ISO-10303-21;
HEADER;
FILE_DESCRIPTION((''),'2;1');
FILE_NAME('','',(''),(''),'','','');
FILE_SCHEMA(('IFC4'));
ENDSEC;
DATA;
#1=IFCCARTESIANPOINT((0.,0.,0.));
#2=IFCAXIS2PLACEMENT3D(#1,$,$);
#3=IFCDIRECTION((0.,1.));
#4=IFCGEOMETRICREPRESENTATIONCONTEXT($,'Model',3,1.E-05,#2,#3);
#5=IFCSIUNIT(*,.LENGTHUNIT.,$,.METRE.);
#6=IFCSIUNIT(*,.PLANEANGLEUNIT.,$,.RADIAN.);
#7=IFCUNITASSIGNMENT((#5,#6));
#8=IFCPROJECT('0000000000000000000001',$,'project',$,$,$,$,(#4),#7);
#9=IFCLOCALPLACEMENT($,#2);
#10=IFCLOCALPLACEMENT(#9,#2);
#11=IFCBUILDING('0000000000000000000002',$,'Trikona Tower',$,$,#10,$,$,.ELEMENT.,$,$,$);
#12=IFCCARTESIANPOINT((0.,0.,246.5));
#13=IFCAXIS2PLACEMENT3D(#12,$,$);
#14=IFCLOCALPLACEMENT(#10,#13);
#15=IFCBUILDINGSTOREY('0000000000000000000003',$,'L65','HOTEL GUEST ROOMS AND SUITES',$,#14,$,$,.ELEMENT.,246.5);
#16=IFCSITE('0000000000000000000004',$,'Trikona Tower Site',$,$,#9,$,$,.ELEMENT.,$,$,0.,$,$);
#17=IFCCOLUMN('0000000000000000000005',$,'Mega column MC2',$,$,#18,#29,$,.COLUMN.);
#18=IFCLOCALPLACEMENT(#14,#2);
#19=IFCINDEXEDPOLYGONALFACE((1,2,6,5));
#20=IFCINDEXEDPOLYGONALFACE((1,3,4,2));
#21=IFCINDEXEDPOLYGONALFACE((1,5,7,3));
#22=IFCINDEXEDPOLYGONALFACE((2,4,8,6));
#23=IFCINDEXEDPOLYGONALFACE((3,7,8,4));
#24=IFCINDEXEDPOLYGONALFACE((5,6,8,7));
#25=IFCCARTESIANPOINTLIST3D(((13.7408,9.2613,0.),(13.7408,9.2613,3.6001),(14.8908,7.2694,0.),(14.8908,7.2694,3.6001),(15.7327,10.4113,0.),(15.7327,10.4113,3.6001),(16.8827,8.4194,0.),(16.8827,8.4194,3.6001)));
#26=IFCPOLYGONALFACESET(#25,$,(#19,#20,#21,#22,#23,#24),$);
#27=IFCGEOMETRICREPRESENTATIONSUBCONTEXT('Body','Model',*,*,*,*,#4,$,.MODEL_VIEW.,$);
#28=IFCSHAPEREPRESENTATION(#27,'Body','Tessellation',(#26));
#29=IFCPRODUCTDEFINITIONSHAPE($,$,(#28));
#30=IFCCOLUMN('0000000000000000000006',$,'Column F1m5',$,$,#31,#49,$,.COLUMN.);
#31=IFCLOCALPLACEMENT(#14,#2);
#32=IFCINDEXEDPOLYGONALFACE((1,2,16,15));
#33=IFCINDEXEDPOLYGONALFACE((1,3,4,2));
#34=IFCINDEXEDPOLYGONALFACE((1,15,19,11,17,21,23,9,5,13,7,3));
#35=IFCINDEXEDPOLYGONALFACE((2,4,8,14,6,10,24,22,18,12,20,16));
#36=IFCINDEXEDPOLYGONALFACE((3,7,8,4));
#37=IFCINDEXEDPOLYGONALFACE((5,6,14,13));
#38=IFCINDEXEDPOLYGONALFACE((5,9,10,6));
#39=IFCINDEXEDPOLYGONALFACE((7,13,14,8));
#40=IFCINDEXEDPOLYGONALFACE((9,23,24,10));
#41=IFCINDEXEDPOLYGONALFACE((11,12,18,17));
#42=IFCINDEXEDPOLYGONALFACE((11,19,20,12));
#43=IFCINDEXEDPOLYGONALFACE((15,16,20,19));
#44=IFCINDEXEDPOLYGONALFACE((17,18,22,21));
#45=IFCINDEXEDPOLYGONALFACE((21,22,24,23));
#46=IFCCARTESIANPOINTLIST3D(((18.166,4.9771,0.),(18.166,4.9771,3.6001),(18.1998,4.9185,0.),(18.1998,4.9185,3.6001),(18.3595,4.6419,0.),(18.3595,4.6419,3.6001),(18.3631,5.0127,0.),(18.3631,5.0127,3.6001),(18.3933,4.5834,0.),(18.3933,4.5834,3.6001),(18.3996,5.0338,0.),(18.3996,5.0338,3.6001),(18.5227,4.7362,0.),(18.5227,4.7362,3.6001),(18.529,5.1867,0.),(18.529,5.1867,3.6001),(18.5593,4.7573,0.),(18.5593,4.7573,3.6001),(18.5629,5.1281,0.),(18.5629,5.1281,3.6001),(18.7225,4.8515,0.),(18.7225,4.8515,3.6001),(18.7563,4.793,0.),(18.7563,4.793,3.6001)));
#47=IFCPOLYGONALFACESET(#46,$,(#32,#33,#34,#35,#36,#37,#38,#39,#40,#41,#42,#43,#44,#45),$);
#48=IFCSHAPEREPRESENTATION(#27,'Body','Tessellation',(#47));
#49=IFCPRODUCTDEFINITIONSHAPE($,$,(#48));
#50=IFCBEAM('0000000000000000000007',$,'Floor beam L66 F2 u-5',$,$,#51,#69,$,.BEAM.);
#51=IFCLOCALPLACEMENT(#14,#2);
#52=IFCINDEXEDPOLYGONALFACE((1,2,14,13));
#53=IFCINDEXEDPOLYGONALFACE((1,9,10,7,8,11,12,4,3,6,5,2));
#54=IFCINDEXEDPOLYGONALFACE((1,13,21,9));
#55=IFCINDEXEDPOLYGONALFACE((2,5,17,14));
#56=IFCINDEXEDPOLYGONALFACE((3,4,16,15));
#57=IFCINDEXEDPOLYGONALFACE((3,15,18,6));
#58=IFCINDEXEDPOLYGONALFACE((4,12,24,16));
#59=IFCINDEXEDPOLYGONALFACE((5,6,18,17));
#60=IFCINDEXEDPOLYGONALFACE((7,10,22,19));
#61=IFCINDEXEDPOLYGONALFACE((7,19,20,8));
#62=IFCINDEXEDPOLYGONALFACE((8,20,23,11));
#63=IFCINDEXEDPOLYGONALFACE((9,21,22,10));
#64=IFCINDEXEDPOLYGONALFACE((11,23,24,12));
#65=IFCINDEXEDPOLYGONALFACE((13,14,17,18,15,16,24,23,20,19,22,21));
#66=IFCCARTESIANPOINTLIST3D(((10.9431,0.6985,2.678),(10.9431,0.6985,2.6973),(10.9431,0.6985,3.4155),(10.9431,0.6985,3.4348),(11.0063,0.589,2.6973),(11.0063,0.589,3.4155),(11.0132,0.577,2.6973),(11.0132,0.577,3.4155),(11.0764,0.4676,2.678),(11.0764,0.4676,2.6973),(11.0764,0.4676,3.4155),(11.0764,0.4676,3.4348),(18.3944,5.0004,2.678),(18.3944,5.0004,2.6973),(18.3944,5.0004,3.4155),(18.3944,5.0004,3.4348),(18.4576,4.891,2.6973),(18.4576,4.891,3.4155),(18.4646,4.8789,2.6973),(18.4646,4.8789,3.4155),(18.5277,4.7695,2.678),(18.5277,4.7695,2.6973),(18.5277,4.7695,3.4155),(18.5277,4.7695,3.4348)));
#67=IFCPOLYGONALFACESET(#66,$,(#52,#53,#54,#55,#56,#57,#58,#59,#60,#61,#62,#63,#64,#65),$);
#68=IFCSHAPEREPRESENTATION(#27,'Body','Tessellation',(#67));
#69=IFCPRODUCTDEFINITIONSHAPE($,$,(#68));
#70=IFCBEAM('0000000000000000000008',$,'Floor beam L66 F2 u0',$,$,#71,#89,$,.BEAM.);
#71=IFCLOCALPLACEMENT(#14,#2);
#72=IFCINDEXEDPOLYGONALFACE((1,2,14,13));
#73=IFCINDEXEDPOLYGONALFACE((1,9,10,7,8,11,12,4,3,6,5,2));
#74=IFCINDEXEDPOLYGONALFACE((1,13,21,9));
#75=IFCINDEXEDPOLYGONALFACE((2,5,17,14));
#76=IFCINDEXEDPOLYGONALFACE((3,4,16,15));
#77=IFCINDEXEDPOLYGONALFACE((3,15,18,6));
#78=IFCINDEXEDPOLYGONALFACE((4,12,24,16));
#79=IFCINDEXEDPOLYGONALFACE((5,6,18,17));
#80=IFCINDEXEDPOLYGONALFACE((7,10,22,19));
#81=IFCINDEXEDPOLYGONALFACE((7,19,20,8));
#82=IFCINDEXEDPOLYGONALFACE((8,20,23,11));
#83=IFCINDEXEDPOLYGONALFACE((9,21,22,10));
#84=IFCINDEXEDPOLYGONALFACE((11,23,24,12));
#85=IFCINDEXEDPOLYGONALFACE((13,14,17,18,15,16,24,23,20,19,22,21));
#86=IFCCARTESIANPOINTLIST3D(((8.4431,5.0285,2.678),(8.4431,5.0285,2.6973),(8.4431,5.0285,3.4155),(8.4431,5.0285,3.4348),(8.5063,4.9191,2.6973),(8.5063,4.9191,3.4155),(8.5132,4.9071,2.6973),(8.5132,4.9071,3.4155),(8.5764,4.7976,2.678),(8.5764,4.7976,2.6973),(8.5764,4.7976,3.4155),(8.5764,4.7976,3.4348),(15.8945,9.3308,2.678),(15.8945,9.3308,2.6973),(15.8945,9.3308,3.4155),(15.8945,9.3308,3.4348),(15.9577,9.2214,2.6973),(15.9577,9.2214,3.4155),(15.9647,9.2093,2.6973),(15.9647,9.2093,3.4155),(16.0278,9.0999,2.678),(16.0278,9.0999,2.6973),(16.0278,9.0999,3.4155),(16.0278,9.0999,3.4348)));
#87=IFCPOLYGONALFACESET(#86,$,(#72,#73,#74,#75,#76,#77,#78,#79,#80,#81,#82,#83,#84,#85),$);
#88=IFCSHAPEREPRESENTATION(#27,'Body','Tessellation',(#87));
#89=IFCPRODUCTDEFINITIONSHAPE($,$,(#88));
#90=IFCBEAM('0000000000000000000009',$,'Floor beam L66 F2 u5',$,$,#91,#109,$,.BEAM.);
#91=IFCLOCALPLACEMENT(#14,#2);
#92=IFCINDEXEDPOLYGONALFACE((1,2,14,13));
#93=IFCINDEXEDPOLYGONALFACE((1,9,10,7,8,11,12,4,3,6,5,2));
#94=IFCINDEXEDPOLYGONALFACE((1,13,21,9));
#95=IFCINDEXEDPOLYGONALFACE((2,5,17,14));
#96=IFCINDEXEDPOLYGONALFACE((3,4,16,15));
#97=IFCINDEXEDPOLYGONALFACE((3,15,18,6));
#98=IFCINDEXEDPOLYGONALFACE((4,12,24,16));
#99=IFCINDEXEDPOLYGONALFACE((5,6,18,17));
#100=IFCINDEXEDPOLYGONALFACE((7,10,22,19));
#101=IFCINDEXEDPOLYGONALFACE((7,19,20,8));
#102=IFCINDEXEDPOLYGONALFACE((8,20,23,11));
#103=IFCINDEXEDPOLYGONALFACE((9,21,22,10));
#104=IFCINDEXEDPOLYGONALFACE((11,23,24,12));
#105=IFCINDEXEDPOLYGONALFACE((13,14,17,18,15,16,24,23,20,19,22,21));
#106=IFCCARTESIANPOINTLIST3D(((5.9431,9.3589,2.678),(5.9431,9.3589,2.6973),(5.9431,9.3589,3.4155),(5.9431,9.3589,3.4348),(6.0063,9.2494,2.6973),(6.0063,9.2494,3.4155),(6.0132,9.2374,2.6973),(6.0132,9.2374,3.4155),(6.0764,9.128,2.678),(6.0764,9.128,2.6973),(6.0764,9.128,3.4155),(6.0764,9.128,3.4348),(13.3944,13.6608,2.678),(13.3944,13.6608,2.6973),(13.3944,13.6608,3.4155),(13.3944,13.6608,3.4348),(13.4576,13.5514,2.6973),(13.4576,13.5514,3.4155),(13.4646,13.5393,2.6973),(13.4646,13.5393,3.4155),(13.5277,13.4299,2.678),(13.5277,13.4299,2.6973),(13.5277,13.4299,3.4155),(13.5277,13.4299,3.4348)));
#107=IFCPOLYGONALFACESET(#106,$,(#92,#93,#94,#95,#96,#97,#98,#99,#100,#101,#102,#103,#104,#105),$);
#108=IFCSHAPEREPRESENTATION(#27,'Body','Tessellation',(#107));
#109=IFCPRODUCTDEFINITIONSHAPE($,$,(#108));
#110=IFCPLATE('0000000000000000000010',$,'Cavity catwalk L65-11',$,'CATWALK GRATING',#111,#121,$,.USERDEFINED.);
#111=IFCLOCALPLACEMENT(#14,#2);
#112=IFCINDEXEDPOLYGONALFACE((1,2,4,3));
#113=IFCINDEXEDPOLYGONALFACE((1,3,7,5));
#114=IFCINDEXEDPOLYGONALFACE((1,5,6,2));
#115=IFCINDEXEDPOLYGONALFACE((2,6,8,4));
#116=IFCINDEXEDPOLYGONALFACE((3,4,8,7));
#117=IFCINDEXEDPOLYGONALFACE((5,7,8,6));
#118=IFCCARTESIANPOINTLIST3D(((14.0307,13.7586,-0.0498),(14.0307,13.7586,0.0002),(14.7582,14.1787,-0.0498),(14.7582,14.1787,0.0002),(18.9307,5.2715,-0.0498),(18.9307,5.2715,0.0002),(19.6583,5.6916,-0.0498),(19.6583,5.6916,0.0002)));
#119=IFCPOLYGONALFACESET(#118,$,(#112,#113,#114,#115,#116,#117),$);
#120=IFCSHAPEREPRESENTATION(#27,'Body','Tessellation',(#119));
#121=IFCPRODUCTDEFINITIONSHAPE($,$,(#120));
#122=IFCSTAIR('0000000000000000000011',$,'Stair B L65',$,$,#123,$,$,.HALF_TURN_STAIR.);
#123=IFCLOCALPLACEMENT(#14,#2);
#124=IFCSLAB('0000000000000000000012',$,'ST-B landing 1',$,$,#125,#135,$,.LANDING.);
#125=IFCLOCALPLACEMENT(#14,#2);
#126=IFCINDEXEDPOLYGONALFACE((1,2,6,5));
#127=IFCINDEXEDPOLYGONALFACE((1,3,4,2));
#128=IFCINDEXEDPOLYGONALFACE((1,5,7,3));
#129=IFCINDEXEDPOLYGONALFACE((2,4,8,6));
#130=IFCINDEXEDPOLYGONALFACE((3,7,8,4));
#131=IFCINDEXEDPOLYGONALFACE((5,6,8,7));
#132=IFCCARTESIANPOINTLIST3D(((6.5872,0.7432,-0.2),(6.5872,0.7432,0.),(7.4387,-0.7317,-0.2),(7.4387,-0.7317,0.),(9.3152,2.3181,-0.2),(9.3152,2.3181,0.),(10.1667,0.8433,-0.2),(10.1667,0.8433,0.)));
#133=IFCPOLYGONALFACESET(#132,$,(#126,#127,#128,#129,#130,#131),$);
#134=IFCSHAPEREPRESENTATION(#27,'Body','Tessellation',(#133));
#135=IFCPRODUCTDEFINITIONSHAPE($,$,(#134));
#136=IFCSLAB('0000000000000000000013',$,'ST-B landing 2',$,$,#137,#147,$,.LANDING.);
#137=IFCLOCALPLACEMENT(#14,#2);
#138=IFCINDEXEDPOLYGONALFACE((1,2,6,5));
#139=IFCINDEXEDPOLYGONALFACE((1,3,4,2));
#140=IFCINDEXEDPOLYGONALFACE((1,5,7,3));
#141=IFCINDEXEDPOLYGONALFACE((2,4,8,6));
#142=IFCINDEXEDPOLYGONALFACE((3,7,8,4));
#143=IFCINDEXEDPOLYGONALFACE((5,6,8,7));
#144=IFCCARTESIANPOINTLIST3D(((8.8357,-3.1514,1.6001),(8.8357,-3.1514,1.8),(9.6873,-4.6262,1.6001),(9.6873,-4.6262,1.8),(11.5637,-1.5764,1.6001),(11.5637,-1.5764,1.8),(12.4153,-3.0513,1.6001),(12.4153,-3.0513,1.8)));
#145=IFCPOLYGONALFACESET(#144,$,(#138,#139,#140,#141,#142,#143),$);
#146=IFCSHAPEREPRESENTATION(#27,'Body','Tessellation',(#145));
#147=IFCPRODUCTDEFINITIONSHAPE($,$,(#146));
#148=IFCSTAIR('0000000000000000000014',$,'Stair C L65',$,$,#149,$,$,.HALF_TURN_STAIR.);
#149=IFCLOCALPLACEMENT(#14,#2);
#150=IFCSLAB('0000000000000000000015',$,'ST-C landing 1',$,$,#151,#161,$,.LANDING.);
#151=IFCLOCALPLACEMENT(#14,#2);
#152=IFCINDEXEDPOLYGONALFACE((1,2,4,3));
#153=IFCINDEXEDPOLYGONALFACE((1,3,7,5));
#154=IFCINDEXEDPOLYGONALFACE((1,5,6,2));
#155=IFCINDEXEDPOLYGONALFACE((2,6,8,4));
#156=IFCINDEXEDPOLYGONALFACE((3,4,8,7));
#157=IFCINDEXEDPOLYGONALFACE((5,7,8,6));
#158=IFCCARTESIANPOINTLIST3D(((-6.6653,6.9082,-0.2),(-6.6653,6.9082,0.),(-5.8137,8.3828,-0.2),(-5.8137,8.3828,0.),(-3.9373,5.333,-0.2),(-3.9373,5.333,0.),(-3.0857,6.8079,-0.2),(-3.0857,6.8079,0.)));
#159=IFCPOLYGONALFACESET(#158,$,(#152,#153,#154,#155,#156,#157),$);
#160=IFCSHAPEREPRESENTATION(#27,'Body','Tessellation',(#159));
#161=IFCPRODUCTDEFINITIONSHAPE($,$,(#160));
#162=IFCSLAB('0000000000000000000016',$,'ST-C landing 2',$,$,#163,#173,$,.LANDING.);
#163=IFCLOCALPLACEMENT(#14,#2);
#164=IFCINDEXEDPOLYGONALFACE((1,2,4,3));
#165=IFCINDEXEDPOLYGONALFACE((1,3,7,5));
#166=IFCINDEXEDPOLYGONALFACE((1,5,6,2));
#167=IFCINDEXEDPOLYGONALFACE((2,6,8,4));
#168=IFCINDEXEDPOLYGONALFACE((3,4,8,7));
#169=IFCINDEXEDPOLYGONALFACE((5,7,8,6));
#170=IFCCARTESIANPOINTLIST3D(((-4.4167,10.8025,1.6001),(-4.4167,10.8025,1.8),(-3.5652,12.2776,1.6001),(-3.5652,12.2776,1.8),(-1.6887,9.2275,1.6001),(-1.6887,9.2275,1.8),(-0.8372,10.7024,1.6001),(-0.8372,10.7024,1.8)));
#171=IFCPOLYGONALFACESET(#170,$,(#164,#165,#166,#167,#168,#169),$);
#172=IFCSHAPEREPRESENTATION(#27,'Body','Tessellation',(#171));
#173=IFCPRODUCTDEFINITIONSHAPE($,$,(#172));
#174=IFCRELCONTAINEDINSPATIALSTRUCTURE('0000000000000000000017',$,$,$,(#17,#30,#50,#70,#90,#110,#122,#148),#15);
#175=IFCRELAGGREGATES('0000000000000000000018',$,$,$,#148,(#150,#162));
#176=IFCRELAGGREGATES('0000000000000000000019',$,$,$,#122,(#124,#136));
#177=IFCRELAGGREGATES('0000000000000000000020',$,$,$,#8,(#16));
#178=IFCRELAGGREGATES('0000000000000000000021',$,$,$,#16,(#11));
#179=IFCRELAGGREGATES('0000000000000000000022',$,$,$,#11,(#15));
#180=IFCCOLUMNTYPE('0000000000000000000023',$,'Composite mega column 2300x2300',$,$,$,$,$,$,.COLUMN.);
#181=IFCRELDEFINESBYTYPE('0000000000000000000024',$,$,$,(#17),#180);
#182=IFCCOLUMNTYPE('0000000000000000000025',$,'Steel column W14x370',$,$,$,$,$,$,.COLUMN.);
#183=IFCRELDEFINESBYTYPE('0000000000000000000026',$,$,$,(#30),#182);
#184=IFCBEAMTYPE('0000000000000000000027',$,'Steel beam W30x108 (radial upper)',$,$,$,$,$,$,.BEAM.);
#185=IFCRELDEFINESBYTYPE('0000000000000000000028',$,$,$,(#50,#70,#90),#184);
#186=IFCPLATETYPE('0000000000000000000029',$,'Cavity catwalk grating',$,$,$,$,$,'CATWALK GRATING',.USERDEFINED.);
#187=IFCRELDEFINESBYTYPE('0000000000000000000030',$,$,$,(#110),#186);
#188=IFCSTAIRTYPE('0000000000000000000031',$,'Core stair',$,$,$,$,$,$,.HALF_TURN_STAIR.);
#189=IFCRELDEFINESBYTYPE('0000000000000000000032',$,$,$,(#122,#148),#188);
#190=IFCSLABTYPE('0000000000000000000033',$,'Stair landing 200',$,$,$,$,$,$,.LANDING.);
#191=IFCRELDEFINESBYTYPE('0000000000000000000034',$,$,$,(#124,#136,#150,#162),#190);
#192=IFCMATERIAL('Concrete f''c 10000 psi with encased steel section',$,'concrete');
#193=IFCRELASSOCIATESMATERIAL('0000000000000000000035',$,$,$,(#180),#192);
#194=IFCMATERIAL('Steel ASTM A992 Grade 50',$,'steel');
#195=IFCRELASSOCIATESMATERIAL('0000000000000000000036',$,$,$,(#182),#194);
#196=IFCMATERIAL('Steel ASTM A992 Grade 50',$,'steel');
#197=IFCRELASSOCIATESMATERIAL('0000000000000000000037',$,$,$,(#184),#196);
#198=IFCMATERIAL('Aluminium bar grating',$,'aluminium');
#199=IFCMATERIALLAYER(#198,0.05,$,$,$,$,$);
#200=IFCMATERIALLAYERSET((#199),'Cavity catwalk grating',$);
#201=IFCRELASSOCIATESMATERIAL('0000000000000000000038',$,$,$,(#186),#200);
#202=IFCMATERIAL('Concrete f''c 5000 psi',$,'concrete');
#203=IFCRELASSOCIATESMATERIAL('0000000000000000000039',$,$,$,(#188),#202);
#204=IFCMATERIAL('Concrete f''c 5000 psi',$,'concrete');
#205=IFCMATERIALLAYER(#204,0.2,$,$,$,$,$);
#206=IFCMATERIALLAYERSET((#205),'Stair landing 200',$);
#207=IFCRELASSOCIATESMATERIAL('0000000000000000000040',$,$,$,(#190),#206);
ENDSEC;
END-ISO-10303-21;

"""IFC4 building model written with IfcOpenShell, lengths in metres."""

from ifc_helpers import new_model, si_unit, direction, frame, origin, origin_2d, place, context, subcontext, project, spatial, polyline, rectangle, i_section, outline, extrude, material, layer, layer_set, material_profile, profile_set, type_object, element, aggregate, save


model = new_model("IFC4")

# Units and contexts
model_context = context("Model", 3, precision=1e-05, world=origin(), true_north=direction((0.0, 1.0)))
body_context = subcontext(model_context, "Body", "Model", "MODEL_VIEW")
ifc_project = project(units=[si_unit("LENGTHUNIT", "METRE"), si_unit("PLANEANGLEUNIT", "RADIAN")], contexts=[model_context])

# Site, building, storey
site_placement = place(None, origin())
site = spatial("IfcSite", under=ifc_project, at=site_placement, Name="Trikona Tower Site", CompositionType="ELEMENT", RefElevation=0.0)
building_placement = place(site_placement, origin())
building = spatial("IfcBuilding", under=site, at=building_placement, Name="Trikona Tower", CompositionType="ELEMENT")
storey_placement = place(building_placement, frame((0.0, 0.0, 246.5)))
storey = spatial("IfcBuildingStorey", under=building, at=storey_placement, Name="L65", Description="HOTEL GUEST ROOMS AND SUITES", CompositionType="ELEMENT", Elevation=246.5)

# Columns
ifc_material_1 = material(Name="Concrete f'c 10000 psi with encased steel section", Category="concrete")
ifc_material_profile_1 = material_profile(ifc_material_1, rectangle(XDim=2.3, YDim=2.3, at=origin_2d()), Name="MC2300")
ifc_profile_set_1 = profile_set([ifc_material_profile_1], Name="Concrete f'c 10000 psi with encased steel section")
column_type_1 = type_object("IfcColumnType", Name="Composite mega column 2300x2300", PredefinedType="COLUMN", material=ifc_profile_set_1)
column_1_placement = place(storey_placement, frame((15.3118, 8.8403, 0.0), z_axis=(0.0, 0.0, 1.0), x_axis=(0.866025, 0.5, 0.0)))
element("IfcColumn", 1, at=column_1_placement, inside=storey, type_object=column_type_1, Name="Mega column MC2", PredefinedType="COLUMN", context=body_context, shape_type="SweptSolid", body=[
    extrude(rectangle(XDim=2.3, YDim=2.3, at=origin_2d()), origin(), (0.0, 0.0, 1.0), 3.6001),
])
ifc_material_2 = material(Name="Steel ASTM A992 Grade 50", Category="steel")
ifc_material_profile_2 = material_profile(ifc_material_2, i_section(OverallWidth=0.4192, OverallDepth=0.4546, WebThickness=0.0422, FlangeThickness=0.0676, at=origin_2d()), Name="W14X370")
ifc_profile_set_2 = profile_set([ifc_material_profile_2], Name="Steel ASTM A992 Grade 50")
column_type_2 = type_object("IfcColumnType", Name="Steel column W14x370", PredefinedType="COLUMN", material=ifc_profile_set_2)
column_2_placement = place(storey_placement, frame((18.4612, 4.885, 0.0), z_axis=(0.0, 0.0, 1.0), x_axis=(0.866025, 0.5, 0.0)))
element("IfcColumn", 2, at=column_2_placement, inside=storey, type_object=column_type_2, Name="Column F1m5", PredefinedType="COLUMN", context=body_context, shape_type="SweptSolid", body=[
    extrude(i_section(OverallWidth=0.4192, OverallDepth=0.4546, WebThickness=0.0422, FlangeThickness=0.0676, at=origin_2d()), origin(), (0.0, 0.0, 1.0), 3.6001),
])

# Beams
ifc_material_3 = material(Name="Steel ASTM A992 Grade 50", Category="steel")
ifc_material_profile_3 = material_profile(ifc_material_3, i_section(OverallWidth=0.2666, OverallDepth=0.7568, WebThickness=0.0139, FlangeThickness=0.0193, at=origin_2d()), Name="W30X108")
ifc_profile_set_3 = profile_set([ifc_material_profile_3], Name="Steel ASTM A992 Grade 50")
beam_type = type_object("IfcBeamType", Name="Steel beam W30x108 (radial upper)", PredefinedType="BEAM", material=ifc_profile_set_3)
beam_1_placement = place(storey_placement, frame((11.0098, 0.583, 3.0564), z_axis=(0.866029, 0.499993, 0.0), x_axis=(-0.499993, 0.866029, 0.0)))
element("IfcBeam", 3, at=beam_1_placement, inside=storey, type_object=beam_type, Name="Floor beam L66 F2 u-5", PredefinedType="BEAM", context=body_context, shape_type="SweptSolid", body=[
    extrude(i_section(OverallWidth=0.2666, OverallDepth=0.7568, WebThickness=0.0139, FlangeThickness=0.0193, at=origin_2d()), origin(), (0.0, 0.0, 1.0), 8.604),
])
beam_2_placement = place(storey_placement, frame((8.5098, 4.9131, 3.0564), z_axis=(0.866017, 0.500015, 0.0), x_axis=(-0.500015, 0.866017, 0.0)))
element("IfcBeam", 4, at=beam_2_placement, inside=storey, type_object=beam_type, Name="Floor beam L66 F2 u0", PredefinedType="BEAM", context=body_context, shape_type="SweptSolid", body=[
    extrude(i_section(OverallWidth=0.2666, OverallDepth=0.7568, WebThickness=0.0139, FlangeThickness=0.0193, at=origin_2d()), origin(), (0.0, 0.0, 1.0), 8.6042),
])
beam_3_placement = place(storey_placement, frame((6.0098, 9.2434, 3.0564), z_axis=(0.866029, 0.499993, 0.0), x_axis=(-0.499993, 0.866029, 0.0)))
element("IfcBeam", 5, at=beam_3_placement, inside=storey, type_object=beam_type, Name="Floor beam L66 F2 u5", PredefinedType="BEAM", context=body_context, shape_type="SweptSolid", body=[
    extrude(i_section(OverallWidth=0.2666, OverallDepth=0.7568, WebThickness=0.0139, FlangeThickness=0.0193, at=origin_2d()), origin(), (0.0, 0.0, 1.0), 8.604),
])

# Plate
ifc_material_4 = material(Name="Aluminium bar grating", Category="aluminium")
ifc_layer_1 = layer(ifc_material_4, 0.05)
ifc_layer_set_1 = layer_set([ifc_layer_1], Name="Cavity catwalk grating")
plate_type = type_object("IfcPlateType", Name="Cavity catwalk grating", ElementType="CATWALK GRATING", PredefinedType="USERDEFINED", material=ifc_layer_set_1)
plate_placement = place(storey_placement, frame((16.8445, 9.7251, -0.0498), z_axis=(0.0, 0.0, 1.0), x_axis=(-0.499998, 0.866026, 0.0)))
element("IfcPlate", 6, at=plate_placement, inside=storey, type_object=plate_type, Name="Cavity catwalk L65-11", ObjectType="CATWALK GRATING", PredefinedType="USERDEFINED", context=body_context, shape_type="SweptSolid", body=[
    extrude(rectangle(XDim=9.8, YDim=0.8401, at=origin_2d()), origin(), (0.0, 0.0, 1.0), 0.05),
])

# Stairs, slabs
ifc_material_5 = material(Name="Concrete f'c 5000 psi", Category="concrete")
stair_type = type_object("IfcStairType", Name="Core stair", PredefinedType="HALF_TURN_STAIR", material=ifc_material_5)
stair_1_placement = place(storey_placement, origin())
stair_1 = element("IfcStair", 7, at=stair_1_placement, inside=storey, type_object=stair_type, Name="Stair B L65", PredefinedType="HALF_TURN_STAIR")
ifc_material_6 = material(Name="Concrete f'c 5000 psi", Category="concrete")
ifc_layer_2 = layer(ifc_material_6, 0.2)
ifc_layer_set_2 = layer_set([ifc_layer_2], Name="Stair landing 200")
slab_type = type_object("IfcSlabType", Name="Stair landing 200", PredefinedType="LANDING", material=ifc_layer_set_2)
slab_1_placement = place(storey_placement, frame((0.0, 0.0, -0.2)))
slab_1 = element("IfcSlab", 8, at=slab_1_placement, type_object=slab_type, Name="ST-B landing 1", PredefinedType="LANDING", context=body_context, shape_type="SweptSolid", body=[
    extrude(outline(polyline([(7.4387, -0.7317), (6.5872, 0.7432), (9.3152, 2.3181), (10.1667, 0.8433), (7.4387, -0.7317)])), origin(), (0.0, 0.0, 1.0), 0.2),
])
slab_2_placement = place(storey_placement, frame((0.0, 0.0, 1.6001)))
slab_2 = element("IfcSlab", 9, at=slab_2_placement, type_object=slab_type, Name="ST-B landing 2", PredefinedType="LANDING", context=body_context, shape_type="SweptSolid", body=[
    extrude(outline(polyline([(9.6873, -4.6262), (8.8357, -3.1514), (11.5637, -1.5764), (12.4153, -3.0513), (9.6873, -4.6262)])), origin(), (0.0, 0.0, 1.0), 0.2),
])
stair_2_placement = place(storey_placement, origin())
stair_2 = element("IfcStair", 10, at=stair_2_placement, inside=storey, type_object=stair_type, Name="Stair C L65", PredefinedType="HALF_TURN_STAIR")
slab_3_placement = place(storey_placement, frame((0.0, 0.0, -0.2)))
slab_3 = element("IfcSlab", 11, at=slab_3_placement, type_object=slab_type, Name="ST-C landing 1", PredefinedType="LANDING", context=body_context, shape_type="SweptSolid", body=[
    extrude(outline(polyline([(-3.0857, 6.8079), (-3.9373, 5.333), (-6.6653, 6.9082), (-5.8137, 8.3828), (-3.0857, 6.8079)])), origin(), (0.0, 0.0, 1.0), 0.2),
])
slab_4_placement = place(storey_placement, frame((0.0, 0.0, 1.6001)))
slab_4 = element("IfcSlab", 12, at=slab_4_placement, type_object=slab_type, Name="ST-C landing 2", PredefinedType="LANDING", context=body_context, shape_type="SweptSolid", body=[
    extrude(outline(polyline([(-0.8372, 10.7024), (-1.6887, 9.2275), (-4.4167, 10.8025), (-3.5652, 12.2776), (-0.8372, 10.7024)])), origin(), (0.0, 0.0, 1.0), 0.2),
])
aggregate(stair_2, [slab_3, slab_4])

aggregate(stair_1, [slab_1, slab_2])

save(model, "model.ifc")
